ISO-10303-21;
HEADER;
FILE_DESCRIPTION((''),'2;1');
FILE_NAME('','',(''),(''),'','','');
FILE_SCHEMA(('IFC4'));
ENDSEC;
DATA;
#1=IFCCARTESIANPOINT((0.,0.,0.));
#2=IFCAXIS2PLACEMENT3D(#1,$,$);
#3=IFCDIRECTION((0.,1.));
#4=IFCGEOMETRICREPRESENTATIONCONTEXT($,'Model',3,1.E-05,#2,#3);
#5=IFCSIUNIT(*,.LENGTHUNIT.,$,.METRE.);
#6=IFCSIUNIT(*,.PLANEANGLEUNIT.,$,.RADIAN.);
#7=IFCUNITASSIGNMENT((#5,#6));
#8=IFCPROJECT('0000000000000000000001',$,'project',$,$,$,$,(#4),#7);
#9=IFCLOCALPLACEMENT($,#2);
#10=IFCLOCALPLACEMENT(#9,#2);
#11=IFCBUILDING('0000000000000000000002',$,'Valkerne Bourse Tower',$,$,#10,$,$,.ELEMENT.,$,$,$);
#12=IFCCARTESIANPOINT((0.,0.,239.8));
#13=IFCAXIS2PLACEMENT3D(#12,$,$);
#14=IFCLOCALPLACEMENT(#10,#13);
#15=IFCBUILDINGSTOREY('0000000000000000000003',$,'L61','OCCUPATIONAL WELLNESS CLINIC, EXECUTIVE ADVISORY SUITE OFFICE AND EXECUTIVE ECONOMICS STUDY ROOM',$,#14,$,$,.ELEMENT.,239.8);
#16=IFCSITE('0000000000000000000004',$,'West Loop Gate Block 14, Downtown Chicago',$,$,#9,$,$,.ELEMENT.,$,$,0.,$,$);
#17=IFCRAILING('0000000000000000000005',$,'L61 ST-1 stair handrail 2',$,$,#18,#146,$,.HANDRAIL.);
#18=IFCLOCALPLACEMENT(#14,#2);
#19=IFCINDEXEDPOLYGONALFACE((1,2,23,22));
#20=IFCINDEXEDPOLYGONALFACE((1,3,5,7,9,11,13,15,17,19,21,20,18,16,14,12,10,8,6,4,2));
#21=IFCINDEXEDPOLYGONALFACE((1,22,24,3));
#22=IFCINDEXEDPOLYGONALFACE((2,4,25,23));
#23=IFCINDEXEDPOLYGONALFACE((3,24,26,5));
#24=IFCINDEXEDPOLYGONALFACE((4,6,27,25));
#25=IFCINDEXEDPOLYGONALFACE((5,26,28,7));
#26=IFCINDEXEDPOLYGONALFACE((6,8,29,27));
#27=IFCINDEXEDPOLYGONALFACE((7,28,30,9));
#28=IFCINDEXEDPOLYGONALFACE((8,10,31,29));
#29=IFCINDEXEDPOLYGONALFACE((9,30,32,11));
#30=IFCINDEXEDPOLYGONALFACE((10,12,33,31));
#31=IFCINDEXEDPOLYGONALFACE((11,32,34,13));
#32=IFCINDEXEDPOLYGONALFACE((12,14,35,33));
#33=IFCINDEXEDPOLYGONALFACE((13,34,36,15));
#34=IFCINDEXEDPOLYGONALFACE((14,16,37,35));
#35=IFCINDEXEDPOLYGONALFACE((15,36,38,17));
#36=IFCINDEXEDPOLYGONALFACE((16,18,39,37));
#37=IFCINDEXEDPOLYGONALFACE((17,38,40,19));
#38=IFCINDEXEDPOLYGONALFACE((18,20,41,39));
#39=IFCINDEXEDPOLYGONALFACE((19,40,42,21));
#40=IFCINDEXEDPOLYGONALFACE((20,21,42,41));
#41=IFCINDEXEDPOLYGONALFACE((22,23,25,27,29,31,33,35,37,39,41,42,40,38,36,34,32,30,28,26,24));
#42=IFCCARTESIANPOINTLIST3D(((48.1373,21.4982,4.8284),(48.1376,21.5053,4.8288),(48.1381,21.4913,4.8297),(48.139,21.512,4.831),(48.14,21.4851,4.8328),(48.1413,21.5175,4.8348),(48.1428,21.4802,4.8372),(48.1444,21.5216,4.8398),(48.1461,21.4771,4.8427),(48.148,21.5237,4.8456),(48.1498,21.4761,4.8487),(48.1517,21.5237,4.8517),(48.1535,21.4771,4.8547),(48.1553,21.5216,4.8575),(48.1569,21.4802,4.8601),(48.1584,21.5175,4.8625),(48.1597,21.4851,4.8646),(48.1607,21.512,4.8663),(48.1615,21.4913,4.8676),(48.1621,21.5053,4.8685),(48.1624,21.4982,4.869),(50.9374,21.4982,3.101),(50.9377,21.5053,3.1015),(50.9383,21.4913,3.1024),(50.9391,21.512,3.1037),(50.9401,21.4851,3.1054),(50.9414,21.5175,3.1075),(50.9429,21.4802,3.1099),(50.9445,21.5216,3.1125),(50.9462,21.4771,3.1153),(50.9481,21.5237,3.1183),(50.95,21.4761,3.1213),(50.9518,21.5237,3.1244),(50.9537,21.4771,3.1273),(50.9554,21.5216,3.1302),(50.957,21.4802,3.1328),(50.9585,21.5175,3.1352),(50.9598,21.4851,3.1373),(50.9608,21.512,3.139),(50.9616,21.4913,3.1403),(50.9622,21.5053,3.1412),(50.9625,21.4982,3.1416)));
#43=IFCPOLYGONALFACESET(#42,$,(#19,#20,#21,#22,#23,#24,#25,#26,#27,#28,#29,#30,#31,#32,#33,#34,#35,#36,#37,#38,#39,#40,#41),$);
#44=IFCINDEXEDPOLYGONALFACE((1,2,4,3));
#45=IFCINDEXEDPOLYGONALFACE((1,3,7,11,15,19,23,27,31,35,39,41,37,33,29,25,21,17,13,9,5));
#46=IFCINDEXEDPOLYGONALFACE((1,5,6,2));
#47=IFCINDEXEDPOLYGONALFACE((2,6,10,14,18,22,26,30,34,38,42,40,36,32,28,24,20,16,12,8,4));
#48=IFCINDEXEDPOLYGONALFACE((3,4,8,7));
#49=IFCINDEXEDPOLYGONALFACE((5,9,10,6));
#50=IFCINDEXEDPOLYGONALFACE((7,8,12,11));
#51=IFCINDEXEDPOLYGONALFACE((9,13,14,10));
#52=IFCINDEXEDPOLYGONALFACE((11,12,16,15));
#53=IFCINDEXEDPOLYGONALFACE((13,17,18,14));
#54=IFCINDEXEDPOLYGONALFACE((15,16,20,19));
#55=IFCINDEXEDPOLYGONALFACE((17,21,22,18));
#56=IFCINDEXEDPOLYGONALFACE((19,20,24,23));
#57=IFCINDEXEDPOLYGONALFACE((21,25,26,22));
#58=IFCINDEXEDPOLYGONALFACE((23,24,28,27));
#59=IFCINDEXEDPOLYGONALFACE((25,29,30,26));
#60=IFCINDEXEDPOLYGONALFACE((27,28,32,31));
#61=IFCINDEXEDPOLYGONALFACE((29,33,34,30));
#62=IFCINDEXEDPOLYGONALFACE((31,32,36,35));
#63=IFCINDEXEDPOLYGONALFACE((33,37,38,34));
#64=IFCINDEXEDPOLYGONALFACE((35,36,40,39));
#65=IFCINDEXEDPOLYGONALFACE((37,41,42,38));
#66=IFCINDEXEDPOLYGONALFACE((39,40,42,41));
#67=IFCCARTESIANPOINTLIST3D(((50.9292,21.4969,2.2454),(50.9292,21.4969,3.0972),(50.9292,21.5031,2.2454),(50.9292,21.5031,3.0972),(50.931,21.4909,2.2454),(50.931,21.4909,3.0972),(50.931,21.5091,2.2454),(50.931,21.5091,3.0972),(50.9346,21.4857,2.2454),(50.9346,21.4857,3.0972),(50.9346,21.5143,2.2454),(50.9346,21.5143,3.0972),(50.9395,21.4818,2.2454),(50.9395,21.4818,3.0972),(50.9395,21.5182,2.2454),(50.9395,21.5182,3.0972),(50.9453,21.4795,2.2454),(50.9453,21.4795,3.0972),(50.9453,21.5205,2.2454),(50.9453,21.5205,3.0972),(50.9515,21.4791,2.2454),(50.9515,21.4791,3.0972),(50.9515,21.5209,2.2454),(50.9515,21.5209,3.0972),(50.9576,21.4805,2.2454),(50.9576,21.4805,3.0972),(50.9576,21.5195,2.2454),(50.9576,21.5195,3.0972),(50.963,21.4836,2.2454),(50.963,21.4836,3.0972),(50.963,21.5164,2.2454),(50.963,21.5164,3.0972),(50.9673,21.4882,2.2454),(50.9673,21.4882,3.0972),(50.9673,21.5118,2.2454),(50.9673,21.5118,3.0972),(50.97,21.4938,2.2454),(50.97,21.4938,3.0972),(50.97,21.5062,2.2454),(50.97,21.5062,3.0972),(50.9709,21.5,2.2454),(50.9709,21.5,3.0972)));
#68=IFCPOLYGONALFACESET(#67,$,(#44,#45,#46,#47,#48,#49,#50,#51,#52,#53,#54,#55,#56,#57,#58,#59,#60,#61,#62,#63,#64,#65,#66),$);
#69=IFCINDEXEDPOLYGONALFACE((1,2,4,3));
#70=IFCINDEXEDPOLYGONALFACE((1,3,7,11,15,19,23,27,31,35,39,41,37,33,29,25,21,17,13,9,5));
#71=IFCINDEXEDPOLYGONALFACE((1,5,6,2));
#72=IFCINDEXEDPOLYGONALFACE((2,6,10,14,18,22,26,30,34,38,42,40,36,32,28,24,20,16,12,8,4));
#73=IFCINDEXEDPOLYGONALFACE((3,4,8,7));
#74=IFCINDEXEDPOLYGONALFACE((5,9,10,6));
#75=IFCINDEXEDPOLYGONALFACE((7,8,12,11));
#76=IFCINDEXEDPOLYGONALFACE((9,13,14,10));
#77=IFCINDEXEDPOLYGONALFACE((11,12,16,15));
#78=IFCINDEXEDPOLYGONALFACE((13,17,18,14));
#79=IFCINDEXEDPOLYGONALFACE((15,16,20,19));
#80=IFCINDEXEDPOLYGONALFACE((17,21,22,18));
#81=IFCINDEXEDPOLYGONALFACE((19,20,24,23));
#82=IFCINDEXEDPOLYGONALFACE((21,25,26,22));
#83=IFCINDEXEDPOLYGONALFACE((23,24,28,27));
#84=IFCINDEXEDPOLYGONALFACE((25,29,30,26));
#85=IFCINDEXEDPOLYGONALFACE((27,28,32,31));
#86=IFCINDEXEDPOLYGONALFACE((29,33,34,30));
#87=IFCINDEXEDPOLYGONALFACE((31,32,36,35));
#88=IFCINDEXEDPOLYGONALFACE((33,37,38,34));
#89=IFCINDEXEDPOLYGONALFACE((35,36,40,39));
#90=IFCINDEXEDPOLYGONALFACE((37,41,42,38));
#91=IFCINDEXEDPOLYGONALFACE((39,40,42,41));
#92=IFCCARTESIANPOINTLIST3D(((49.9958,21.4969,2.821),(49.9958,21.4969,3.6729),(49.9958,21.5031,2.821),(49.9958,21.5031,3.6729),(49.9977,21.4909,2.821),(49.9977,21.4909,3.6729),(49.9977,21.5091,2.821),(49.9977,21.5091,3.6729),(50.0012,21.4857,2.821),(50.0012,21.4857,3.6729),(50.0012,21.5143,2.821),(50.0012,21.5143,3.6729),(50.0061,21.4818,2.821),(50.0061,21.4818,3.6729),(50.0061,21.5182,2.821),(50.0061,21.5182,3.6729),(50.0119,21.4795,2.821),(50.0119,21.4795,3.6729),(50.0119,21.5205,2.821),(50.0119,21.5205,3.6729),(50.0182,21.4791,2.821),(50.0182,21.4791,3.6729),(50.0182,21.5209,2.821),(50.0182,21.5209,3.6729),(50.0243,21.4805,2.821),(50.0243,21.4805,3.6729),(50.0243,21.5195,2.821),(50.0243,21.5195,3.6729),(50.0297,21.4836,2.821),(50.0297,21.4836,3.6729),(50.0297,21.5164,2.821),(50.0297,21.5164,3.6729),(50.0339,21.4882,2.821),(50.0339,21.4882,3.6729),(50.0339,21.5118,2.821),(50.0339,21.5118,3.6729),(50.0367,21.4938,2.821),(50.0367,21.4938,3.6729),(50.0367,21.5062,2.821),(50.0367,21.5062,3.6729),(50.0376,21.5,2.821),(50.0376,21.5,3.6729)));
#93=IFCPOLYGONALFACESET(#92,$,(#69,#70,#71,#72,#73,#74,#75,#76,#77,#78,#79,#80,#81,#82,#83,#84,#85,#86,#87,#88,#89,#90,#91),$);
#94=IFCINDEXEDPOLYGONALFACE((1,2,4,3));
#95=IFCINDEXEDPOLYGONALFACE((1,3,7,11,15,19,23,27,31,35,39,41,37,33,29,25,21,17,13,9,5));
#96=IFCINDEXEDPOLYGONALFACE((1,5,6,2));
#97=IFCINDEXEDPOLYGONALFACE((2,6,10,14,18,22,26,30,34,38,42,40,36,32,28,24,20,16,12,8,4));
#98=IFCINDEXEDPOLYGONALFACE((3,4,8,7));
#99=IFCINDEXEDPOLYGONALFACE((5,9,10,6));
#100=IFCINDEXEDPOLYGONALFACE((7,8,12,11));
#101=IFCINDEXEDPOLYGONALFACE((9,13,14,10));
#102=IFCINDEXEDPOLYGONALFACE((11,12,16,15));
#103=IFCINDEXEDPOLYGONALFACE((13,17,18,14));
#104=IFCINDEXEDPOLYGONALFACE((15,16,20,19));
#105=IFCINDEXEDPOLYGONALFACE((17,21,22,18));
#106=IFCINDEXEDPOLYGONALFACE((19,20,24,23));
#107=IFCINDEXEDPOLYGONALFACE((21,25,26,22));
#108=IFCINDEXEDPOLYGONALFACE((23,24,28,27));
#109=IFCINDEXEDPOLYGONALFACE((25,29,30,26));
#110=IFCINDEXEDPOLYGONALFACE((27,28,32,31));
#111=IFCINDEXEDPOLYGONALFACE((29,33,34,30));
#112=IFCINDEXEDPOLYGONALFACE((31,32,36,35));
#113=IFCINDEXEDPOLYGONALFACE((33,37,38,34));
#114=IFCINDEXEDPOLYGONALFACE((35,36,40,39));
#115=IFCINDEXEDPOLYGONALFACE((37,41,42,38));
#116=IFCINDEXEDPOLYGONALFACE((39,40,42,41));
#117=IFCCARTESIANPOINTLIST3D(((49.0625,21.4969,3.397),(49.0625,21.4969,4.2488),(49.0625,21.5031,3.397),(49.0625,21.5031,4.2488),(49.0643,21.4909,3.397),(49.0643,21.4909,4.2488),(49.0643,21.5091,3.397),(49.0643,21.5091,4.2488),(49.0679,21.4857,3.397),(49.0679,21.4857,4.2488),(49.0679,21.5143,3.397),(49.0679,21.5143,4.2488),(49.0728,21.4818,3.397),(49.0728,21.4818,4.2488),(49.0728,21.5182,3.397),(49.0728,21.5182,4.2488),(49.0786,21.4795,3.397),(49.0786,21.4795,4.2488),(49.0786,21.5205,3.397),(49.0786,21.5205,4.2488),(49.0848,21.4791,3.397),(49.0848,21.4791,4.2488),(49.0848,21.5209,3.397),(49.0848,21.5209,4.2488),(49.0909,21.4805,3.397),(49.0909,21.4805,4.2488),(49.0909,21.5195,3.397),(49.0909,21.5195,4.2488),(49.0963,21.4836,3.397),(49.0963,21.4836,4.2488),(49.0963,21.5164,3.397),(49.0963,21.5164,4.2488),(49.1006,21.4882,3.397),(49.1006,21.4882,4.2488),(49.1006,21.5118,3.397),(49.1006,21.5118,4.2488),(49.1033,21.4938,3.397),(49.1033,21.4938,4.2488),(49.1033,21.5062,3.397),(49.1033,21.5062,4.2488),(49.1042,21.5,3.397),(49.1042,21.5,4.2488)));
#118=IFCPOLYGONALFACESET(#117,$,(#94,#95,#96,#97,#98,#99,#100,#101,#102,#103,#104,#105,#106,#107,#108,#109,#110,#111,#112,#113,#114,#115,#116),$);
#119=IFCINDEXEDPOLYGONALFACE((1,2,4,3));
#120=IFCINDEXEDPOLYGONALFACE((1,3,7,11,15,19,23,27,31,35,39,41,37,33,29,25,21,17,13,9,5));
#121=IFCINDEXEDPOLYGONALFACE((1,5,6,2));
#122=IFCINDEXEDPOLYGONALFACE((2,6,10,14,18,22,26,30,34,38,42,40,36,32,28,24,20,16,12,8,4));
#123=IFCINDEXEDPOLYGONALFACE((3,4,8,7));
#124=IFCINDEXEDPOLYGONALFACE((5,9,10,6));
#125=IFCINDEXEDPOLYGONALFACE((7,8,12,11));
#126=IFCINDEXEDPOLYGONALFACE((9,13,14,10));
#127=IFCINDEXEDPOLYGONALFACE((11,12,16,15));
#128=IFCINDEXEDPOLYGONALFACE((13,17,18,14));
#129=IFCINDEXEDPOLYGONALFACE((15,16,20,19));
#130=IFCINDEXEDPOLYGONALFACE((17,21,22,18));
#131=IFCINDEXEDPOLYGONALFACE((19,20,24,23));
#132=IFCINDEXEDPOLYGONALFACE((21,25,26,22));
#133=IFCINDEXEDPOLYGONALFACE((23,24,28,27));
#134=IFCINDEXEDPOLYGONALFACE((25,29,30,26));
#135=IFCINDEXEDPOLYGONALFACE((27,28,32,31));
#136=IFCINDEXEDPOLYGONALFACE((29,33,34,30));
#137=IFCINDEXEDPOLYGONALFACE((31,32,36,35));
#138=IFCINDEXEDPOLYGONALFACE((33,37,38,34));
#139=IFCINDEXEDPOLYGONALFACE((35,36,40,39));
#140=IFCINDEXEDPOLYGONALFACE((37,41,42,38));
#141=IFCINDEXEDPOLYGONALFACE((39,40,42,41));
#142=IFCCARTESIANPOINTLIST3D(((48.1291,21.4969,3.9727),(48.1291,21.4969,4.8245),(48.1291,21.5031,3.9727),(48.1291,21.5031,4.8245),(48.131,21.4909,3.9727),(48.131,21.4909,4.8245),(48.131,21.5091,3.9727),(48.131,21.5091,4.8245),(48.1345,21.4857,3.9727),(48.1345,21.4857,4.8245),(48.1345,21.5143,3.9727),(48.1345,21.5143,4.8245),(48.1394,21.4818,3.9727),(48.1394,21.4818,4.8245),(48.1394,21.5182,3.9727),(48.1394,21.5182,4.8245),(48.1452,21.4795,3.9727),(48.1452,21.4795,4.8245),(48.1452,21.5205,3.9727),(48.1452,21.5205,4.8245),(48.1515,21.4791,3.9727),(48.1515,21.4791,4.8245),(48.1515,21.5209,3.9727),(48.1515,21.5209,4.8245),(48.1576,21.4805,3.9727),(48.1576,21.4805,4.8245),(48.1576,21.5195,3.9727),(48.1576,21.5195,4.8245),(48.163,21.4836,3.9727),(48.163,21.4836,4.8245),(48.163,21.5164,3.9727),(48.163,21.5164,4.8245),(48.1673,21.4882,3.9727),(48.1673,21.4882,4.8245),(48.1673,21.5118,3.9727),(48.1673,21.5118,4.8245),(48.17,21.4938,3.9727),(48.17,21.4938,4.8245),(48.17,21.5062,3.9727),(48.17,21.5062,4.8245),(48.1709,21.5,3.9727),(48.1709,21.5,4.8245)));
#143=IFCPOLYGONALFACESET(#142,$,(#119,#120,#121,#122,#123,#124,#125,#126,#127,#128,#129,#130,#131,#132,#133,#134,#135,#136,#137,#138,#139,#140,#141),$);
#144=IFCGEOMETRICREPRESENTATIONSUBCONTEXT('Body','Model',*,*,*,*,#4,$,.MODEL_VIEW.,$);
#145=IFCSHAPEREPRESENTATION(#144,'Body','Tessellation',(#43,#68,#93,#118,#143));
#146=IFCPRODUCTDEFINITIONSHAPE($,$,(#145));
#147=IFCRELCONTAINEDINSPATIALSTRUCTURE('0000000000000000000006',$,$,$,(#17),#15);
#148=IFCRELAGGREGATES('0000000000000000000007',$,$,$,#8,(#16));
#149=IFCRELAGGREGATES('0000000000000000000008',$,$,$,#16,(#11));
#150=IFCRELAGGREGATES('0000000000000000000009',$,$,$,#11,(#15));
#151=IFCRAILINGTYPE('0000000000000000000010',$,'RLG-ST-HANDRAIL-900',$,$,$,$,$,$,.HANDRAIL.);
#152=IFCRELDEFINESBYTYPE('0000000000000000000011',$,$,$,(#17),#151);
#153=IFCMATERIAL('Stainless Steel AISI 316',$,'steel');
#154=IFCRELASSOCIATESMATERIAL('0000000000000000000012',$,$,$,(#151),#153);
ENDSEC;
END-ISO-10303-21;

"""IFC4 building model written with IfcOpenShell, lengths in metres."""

from ifc_helpers import new_model, si_unit, direction, frame, origin, origin_2d, place, context, subcontext, project, spatial, circle, extrude, material, type_object, element, save


model = new_model("IFC4")

# Units and contexts
model_context = context("Model", 3, precision=1e-05, world=origin(), true_north=direction((0.0, 1.0)))
body_context = subcontext(model_context, "Body", "Model", "MODEL_VIEW")
ifc_project = project(units=[si_unit("LENGTHUNIT", "METRE"), si_unit("PLANEANGLEUNIT", "RADIAN")], contexts=[model_context])

# Site, building, storey
site_placement = place(None, origin())
site = spatial("IfcSite", under=ifc_project, at=site_placement, Name="West Loop Gate Block 14, Downtown Chicago", CompositionType="ELEMENT", RefElevation=0.0)
building_placement = place(site_placement, origin())
building = spatial("IfcBuilding", under=site, at=building_placement, Name="Valkerne Bourse Tower", CompositionType="ELEMENT")
storey_placement = place(building_placement, frame((0.0, 0.0, 239.8)))
storey = spatial("IfcBuildingStorey", under=building, at=storey_placement, Name="L61", Description="OCCUPATIONAL WELLNESS CLINIC, EXECUTIVE ADVISORY SUITE OFFICE AND EXECUTIVE ECONOMICS STUDY ROOM", CompositionType="ELEMENT", Elevation=239.8)

# Shared definitions
ifc_material_1 = material(Name="Stainless Steel AISI 316", Category="steel")

# Railing
railing_type_1 = type_object("IfcRailingType", Name="RLG-ST-HANDRAIL-900", PredefinedType="HANDRAIL", material=ifc_material_1)
railing_1_placement = place(storey_placement, frame((50.95, 21.5, 2.2454)))
element("IfcRailing", 1, at=railing_1_placement, inside=storey, type_object=railing_type_1, Name="L61 ST-1 stair handrail 2", PredefinedType="HANDRAIL", context=body_context, shape_type="SweptSolid", body=[
    extrude(circle(Radius=0.0239, at=origin_2d()), frame((0.0, 0.0, 0.876), z_axis=(-0.85109, 0.0, 0.52502), x_axis=(0.0, -1.0, 0.0)), (0.0, 0.0, 1.0), 3.29),
    extrude(circle(Radius=0.021, at=origin_2d()), origin(), (0.0, 0.0, 1.0), 0.8518),
    extrude(circle(Radius=0.021, at=origin_2d()), frame((-0.9333, 0.0, 0.5757)), (0.0, 0.0, 1.0), 0.8518),
    extrude(circle(Radius=0.021, at=origin_2d()), frame((-1.8667, 0.0, 1.1516)), (0.0, 0.0, 1.0), 0.8518),
    extrude(circle(Radius=0.021, at=origin_2d()), frame((-2.8, 0.0, 1.7273)), (0.0, 0.0, 1.0), 0.8518),
])

save(model, "model.ifc")
